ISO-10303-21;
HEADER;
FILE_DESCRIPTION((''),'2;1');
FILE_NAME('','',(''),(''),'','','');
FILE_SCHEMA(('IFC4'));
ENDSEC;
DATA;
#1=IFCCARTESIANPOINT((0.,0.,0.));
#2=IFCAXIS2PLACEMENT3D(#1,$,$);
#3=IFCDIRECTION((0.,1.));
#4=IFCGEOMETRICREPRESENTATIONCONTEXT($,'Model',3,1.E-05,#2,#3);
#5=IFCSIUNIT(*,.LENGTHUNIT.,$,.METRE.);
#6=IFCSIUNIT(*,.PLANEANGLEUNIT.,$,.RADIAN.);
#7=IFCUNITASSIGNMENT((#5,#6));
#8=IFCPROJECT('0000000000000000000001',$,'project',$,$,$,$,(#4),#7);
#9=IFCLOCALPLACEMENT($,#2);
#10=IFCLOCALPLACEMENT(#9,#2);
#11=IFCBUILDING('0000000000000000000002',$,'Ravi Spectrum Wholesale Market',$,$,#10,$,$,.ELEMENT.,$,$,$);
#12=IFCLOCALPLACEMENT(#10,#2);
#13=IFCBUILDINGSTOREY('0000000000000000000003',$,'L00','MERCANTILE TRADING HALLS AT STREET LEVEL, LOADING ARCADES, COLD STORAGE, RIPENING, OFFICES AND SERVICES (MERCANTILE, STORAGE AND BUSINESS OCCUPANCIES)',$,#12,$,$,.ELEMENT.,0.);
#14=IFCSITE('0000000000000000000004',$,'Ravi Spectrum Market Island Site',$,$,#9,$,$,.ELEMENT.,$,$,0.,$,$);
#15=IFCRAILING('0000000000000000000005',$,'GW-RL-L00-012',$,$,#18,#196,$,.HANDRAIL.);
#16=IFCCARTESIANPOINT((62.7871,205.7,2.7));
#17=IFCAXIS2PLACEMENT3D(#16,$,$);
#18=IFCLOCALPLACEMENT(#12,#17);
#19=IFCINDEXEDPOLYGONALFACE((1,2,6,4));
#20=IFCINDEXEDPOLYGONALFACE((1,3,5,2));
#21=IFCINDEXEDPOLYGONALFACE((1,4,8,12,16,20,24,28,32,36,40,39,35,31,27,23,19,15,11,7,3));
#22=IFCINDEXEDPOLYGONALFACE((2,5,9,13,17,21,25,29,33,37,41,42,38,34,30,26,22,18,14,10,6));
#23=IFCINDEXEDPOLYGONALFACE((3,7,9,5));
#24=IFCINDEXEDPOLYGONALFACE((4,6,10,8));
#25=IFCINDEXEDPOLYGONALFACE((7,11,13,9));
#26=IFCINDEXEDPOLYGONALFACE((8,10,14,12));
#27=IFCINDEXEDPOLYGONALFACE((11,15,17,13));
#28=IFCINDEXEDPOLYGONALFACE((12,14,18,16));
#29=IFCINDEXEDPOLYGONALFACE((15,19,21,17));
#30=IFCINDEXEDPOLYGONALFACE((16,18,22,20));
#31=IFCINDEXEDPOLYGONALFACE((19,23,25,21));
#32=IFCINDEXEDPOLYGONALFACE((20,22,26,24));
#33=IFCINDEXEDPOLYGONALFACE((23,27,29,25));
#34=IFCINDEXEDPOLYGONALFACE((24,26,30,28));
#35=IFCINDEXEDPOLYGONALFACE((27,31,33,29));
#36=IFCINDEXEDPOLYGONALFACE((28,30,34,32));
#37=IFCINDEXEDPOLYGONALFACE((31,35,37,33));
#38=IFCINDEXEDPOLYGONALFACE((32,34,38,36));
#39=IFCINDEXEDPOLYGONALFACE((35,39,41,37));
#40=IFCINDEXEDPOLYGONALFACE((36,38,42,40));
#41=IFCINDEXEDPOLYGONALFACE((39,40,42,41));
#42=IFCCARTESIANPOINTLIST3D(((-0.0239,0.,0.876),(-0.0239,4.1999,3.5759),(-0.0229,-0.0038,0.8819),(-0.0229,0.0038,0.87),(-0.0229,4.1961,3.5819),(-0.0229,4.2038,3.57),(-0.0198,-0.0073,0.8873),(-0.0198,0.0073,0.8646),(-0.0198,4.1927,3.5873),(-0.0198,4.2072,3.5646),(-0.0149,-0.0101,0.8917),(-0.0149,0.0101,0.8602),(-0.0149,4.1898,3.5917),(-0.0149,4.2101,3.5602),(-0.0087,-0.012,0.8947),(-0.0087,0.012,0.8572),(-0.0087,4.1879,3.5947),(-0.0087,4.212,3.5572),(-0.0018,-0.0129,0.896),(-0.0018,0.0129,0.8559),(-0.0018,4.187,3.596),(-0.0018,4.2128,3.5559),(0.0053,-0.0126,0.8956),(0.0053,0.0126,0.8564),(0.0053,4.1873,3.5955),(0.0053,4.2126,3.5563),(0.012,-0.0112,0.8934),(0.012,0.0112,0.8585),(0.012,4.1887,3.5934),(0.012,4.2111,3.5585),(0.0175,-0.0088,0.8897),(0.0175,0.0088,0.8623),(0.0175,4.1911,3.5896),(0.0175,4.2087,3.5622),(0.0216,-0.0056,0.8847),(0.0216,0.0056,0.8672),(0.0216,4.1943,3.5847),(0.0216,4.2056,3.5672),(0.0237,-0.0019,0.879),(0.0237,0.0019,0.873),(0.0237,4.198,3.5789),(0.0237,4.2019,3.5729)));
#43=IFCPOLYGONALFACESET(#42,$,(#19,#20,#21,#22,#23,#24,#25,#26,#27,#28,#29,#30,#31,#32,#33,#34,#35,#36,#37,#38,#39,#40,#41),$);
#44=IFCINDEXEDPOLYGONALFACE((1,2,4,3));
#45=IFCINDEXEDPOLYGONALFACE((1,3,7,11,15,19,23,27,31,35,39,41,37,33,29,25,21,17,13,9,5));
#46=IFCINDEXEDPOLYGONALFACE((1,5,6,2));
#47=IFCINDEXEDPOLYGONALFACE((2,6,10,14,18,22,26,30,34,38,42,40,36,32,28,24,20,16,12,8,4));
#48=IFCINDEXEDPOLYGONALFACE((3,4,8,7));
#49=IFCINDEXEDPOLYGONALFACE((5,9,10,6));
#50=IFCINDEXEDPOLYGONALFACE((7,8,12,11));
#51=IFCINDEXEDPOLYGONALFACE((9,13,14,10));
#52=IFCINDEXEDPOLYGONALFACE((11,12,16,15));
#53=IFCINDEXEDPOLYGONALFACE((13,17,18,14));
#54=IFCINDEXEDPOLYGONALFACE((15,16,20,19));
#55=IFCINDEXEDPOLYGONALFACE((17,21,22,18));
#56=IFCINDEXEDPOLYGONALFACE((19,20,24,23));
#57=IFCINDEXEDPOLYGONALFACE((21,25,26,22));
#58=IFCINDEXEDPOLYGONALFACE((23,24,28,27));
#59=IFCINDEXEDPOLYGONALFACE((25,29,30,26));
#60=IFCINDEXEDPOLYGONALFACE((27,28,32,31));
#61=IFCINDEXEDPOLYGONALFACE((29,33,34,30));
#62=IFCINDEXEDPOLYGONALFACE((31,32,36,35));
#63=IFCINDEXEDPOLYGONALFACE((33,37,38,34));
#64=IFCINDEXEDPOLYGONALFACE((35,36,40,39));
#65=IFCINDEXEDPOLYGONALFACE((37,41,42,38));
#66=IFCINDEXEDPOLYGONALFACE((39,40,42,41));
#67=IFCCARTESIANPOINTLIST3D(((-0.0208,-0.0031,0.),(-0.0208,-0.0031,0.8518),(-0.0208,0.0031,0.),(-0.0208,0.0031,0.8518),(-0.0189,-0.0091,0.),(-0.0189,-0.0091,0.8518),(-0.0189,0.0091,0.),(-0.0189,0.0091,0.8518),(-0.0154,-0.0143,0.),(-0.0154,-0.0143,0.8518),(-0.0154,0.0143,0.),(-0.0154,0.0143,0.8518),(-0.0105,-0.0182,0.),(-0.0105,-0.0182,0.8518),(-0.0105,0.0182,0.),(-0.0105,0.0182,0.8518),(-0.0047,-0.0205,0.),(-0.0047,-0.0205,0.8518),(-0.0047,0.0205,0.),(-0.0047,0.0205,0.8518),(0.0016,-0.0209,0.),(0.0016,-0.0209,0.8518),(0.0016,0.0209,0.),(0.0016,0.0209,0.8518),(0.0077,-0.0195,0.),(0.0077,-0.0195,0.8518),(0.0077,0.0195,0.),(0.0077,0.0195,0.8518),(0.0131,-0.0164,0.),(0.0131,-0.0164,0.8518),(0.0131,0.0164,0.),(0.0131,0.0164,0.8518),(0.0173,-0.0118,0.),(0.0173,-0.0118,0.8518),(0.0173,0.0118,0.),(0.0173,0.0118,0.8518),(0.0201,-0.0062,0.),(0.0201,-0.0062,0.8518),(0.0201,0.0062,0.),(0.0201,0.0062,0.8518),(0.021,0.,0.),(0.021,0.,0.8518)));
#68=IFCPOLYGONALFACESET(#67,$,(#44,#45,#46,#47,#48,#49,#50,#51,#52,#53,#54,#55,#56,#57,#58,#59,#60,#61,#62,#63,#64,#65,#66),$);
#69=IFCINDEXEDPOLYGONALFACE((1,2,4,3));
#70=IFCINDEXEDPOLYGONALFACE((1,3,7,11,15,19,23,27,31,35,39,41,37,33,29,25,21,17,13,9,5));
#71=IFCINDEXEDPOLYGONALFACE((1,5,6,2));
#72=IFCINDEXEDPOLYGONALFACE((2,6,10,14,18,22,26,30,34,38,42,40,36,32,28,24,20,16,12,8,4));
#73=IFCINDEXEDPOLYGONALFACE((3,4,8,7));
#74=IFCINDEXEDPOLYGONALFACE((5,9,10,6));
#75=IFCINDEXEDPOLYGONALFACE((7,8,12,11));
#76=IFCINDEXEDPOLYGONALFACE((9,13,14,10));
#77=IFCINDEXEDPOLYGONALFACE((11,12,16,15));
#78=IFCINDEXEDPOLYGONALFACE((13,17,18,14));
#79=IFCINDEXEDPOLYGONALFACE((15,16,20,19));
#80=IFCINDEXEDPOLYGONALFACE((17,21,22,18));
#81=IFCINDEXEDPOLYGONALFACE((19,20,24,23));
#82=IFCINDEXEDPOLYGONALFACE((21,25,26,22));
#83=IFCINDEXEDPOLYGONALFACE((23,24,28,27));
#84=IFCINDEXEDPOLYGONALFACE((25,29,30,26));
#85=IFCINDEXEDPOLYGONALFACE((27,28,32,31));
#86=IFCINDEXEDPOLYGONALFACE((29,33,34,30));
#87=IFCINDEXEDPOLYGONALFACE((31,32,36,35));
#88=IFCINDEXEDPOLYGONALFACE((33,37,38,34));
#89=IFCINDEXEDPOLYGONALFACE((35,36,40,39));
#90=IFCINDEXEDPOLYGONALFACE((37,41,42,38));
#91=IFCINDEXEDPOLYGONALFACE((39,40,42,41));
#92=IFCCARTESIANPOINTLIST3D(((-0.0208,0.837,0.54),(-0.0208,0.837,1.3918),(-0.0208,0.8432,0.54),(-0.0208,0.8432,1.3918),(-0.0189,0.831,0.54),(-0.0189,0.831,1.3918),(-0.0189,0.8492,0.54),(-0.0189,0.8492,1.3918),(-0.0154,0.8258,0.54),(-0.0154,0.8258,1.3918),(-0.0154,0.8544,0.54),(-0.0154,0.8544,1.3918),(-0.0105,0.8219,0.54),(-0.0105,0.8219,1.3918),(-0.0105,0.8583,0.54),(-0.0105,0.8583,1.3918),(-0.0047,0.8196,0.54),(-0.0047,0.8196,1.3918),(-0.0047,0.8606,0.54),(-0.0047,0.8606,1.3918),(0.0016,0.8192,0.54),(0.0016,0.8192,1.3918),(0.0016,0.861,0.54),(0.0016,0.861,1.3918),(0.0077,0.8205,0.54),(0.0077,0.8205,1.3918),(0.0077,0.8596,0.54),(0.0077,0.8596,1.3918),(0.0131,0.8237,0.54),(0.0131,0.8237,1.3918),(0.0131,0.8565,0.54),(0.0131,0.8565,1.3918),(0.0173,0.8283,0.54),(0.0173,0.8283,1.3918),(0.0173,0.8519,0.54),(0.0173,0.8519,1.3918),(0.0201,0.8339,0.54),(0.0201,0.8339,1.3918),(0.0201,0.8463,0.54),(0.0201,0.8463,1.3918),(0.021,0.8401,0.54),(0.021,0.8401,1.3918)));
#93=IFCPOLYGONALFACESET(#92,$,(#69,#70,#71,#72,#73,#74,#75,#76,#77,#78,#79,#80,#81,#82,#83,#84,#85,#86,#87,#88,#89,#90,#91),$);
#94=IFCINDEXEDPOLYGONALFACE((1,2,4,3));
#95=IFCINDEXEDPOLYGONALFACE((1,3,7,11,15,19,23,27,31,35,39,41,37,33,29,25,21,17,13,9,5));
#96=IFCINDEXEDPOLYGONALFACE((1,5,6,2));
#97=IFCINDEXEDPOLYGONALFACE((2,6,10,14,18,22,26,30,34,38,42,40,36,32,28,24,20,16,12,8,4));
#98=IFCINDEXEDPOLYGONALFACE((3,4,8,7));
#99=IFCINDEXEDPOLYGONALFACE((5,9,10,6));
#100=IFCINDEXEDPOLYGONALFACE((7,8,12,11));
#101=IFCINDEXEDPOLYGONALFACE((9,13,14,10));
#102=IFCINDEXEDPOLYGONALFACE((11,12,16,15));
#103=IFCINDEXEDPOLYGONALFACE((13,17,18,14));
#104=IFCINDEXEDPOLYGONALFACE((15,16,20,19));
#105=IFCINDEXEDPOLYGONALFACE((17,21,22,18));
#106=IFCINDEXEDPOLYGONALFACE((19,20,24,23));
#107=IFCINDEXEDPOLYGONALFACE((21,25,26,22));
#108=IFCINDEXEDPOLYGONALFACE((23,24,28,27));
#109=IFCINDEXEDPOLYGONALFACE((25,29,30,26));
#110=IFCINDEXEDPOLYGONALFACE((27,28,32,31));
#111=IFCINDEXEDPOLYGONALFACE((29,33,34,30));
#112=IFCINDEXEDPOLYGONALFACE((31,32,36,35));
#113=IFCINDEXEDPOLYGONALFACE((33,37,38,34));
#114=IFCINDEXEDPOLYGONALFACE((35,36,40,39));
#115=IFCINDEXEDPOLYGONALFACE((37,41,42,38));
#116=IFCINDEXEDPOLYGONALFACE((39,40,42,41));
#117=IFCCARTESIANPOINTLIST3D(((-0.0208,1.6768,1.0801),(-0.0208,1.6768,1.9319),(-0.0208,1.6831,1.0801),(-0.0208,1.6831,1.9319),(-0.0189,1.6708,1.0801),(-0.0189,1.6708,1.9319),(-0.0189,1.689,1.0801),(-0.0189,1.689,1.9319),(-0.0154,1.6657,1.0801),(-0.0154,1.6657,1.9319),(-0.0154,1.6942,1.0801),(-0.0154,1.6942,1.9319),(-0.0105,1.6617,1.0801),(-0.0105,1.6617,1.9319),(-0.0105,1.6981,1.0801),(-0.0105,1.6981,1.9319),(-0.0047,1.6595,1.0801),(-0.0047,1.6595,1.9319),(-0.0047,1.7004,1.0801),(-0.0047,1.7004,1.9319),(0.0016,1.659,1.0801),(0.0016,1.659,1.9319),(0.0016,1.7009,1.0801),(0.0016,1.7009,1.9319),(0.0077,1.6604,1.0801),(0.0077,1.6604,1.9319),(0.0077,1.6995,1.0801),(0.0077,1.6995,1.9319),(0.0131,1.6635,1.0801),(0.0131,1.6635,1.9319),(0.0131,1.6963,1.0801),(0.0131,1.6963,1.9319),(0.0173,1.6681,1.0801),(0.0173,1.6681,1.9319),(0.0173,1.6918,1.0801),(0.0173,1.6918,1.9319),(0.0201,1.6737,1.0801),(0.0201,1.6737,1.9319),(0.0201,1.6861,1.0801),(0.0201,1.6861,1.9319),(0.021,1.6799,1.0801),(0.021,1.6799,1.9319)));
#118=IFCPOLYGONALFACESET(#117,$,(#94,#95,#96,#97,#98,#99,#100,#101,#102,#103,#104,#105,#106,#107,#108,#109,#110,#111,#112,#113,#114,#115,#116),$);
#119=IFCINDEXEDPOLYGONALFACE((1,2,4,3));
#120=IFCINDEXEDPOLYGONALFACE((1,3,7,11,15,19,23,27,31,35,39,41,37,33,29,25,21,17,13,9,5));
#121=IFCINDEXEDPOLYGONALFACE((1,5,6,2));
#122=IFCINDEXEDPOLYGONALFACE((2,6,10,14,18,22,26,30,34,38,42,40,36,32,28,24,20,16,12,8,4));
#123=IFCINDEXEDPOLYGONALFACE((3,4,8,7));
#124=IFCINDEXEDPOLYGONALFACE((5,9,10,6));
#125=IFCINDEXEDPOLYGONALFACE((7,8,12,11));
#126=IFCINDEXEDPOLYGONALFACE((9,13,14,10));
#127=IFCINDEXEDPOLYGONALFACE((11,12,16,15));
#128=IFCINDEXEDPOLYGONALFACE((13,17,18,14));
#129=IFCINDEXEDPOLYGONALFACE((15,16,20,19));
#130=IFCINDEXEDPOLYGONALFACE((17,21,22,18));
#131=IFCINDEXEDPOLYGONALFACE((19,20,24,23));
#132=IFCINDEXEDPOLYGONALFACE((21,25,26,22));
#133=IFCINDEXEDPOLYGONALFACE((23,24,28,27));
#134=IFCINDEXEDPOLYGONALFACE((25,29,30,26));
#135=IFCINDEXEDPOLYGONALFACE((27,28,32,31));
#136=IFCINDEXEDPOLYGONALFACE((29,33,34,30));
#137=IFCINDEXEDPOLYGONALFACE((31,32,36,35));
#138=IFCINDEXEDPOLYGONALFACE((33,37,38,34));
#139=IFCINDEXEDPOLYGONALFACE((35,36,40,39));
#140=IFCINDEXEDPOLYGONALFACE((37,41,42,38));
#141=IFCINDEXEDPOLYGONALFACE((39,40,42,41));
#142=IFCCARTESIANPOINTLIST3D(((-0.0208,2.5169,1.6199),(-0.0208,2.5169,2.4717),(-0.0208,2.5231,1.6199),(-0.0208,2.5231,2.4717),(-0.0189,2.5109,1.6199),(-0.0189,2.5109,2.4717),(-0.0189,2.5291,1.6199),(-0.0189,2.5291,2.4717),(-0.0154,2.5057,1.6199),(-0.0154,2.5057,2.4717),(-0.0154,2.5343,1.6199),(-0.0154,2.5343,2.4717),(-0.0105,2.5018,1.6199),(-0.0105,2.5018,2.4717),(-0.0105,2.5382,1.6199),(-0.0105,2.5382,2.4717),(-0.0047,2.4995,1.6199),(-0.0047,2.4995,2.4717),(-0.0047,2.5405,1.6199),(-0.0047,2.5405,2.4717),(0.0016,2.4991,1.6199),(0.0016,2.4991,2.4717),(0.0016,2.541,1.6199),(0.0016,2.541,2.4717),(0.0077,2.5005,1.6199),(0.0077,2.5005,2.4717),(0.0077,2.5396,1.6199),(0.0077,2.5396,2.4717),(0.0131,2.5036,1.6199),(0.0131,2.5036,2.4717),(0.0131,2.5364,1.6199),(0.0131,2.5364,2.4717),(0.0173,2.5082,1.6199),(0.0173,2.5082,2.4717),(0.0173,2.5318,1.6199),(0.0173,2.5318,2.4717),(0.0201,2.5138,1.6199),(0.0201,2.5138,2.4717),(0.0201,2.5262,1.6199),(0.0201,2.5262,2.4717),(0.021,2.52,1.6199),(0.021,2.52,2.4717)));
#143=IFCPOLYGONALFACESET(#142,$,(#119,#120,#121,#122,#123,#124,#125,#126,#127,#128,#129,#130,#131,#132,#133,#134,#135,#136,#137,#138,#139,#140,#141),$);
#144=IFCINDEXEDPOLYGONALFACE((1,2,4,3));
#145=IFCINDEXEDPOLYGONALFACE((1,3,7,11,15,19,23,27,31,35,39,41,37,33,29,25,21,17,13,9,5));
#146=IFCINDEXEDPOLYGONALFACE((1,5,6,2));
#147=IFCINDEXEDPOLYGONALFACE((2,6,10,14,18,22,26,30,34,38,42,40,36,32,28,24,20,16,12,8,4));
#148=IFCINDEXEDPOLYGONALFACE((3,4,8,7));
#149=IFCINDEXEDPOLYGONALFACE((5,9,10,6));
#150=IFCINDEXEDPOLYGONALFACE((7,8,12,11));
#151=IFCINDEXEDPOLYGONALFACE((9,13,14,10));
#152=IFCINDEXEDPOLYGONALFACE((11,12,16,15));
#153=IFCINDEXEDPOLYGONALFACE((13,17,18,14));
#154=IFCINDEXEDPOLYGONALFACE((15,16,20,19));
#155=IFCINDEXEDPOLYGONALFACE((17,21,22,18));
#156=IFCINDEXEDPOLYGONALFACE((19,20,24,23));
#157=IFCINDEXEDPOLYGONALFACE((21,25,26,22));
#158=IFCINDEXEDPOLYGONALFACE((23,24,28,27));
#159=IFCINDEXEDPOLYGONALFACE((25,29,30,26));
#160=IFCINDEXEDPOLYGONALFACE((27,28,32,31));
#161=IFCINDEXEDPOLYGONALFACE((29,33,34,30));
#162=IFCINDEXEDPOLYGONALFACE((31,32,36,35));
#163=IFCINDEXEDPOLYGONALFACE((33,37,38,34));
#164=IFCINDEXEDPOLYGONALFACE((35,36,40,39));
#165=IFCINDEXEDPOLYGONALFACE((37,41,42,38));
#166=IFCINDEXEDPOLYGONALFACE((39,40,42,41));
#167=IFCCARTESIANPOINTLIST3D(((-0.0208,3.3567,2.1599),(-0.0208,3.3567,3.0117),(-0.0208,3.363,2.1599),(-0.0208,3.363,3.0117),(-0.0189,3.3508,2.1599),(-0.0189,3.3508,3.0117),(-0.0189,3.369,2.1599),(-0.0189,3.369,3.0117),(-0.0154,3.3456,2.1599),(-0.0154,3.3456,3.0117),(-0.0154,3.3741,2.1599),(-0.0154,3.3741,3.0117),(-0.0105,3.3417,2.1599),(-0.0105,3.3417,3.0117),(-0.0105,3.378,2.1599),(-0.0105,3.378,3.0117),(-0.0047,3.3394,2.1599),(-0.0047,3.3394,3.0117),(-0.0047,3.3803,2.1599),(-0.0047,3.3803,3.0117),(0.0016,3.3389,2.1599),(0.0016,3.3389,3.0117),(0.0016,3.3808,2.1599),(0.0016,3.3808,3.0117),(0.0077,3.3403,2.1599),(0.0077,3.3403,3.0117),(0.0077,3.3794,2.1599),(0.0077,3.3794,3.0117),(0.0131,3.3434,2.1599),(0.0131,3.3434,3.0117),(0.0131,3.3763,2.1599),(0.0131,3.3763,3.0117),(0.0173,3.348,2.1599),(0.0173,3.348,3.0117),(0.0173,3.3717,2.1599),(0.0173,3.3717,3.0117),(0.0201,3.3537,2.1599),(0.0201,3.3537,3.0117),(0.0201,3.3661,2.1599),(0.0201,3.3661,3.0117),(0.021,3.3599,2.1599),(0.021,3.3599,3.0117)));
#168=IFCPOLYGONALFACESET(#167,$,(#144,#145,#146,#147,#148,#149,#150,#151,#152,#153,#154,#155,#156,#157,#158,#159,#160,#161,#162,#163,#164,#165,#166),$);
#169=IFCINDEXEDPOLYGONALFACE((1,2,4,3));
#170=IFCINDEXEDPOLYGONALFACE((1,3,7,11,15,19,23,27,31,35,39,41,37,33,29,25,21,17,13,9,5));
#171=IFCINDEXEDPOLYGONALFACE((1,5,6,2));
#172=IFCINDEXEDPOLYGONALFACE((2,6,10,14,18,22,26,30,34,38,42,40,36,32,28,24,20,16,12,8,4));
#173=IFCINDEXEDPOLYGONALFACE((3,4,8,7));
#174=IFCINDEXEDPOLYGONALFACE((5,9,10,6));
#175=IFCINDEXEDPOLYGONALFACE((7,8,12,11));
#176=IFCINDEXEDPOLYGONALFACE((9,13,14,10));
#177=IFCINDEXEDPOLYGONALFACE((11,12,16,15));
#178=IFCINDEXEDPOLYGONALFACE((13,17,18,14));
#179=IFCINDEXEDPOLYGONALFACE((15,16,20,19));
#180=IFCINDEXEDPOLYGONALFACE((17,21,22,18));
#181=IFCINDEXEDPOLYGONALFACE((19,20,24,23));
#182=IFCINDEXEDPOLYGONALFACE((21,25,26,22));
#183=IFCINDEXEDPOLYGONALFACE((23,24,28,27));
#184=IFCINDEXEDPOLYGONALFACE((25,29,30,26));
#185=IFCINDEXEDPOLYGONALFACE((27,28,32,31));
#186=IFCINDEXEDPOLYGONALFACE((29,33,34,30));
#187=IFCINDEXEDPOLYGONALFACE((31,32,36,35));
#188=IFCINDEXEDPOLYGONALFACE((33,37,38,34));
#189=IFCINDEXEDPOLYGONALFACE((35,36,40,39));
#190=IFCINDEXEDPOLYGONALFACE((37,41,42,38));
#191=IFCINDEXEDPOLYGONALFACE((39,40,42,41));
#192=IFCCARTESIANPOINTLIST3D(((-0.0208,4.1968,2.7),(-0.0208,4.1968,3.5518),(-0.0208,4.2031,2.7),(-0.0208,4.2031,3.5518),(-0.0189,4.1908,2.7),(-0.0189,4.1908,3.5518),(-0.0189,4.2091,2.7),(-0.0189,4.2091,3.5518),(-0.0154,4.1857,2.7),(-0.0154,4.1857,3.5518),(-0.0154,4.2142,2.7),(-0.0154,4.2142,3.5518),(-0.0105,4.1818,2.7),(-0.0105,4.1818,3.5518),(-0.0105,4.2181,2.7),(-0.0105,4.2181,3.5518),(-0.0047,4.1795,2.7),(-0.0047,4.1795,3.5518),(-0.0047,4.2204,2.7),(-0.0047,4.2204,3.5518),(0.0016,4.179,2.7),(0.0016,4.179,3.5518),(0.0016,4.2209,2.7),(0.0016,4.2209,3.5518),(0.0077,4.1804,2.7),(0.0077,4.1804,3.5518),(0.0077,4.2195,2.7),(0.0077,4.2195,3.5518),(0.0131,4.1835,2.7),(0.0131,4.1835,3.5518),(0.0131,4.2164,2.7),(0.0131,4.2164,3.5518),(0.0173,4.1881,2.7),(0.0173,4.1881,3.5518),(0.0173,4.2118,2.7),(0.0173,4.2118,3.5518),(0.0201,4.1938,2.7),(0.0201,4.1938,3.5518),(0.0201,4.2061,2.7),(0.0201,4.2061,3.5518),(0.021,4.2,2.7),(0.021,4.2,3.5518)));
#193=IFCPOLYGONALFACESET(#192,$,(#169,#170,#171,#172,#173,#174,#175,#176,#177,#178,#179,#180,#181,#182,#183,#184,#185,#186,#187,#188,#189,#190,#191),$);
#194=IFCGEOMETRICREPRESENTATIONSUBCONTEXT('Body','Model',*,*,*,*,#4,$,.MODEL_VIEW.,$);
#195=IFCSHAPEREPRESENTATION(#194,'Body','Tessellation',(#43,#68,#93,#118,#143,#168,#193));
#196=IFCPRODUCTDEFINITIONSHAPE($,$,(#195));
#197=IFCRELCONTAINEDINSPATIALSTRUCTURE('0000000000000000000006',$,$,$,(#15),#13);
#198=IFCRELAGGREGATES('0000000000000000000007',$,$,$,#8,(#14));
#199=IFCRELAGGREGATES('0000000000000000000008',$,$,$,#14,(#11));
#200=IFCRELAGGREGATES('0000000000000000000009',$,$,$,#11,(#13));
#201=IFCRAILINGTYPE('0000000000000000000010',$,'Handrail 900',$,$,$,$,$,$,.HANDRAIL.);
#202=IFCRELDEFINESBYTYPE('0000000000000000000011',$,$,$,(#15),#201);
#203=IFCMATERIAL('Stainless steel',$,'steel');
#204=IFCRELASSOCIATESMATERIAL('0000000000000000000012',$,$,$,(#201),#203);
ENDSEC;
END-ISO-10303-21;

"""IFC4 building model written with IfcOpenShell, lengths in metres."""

from ifc_helpers import new_model, si_unit, direction, frame, origin, origin_2d, place, context, subcontext, project, spatial, circle, extrude, material, type_object, element, save


model = new_model("IFC4")

# Units and contexts
model_context = context("Model", 3, precision=1e-05, world=origin(), true_north=direction((0.0, 1.0)))
body_context = subcontext(model_context, "Body", "Model", "MODEL_VIEW")
ifc_project = project(units=[si_unit("LENGTHUNIT", "METRE"), si_unit("PLANEANGLEUNIT", "RADIAN")], contexts=[model_context])

# Site, building, storey
site_placement = place(None, origin())
site = spatial("IfcSite", under=ifc_project, at=site_placement, Name="Ravi Spectrum Market Island Site", CompositionType="ELEMENT", RefElevation=0.0)
building_placement = place(site_placement, origin())
building = spatial("IfcBuilding", under=site, at=building_placement, Name="Ravi Spectrum Wholesale Market", CompositionType="ELEMENT")
storey_placement = place(building_placement, origin())
storey = spatial("IfcBuildingStorey", under=building, at=storey_placement, Name="L00", Description="MERCANTILE TRADING HALLS AT STREET LEVEL, LOADING ARCADES, COLD STORAGE, RIPENING, OFFICES AND SERVICES (MERCANTILE, STORAGE AND BUSINESS OCCUPANCIES)", CompositionType="ELEMENT", Elevation=0.0)

# Railing
ifc_material_1 = material(Name="Stainless steel", Category="steel")
railing_type = type_object("IfcRailingType", Name="Handrail 900", PredefinedType="HANDRAIL", material=ifc_material_1)
for number, where, name in (
    (1, (62.7871, 205.7, 2.7), "GW-RL-L00-012"),
):
    element("IfcRailing", number, at=place(storey_placement, frame(where)), inside=storey, type_object=railing_type, Name=name, PredefinedType="HANDRAIL", context=body_context, shape_type="SweptSolid", body=[
        extrude(circle(Radius=0.0239, at=origin_2d()), frame((0.0, 0.0, 0.876), z_axis=(0.0, 0.84118, 0.540755), x_axis=(-1.0, 0.0, 0.0)), (0.0, 0.0, 1.0), 4.9929),
        extrude(circle(Radius=0.021, at=origin_2d()), origin(), (0.0, 0.0, 1.0), 0.8518),
        extrude(circle(Radius=0.021, at=origin_2d()), frame((0.0, 0.8401, 0.54)), (0.0, 0.0, 1.0), 0.8518),
        extrude(circle(Radius=0.021, at=origin_2d()), frame((0.0, 1.6799, 1.0801)), (0.0, 0.0, 1.0), 0.8518),
        extrude(circle(Radius=0.021, at=origin_2d()), frame((0.0, 2.52, 1.6199)), (0.0, 0.0, 1.0), 0.8518),
        extrude(circle(Radius=0.021, at=origin_2d()), frame((0.0, 3.3599, 2.1599)), (0.0, 0.0, 1.0), 0.8518),
        extrude(circle(Radius=0.021, at=origin_2d()), frame((0.0, 4.2, 2.7)), (0.0, 0.0, 1.0), 0.8518),
    ])

save(model, "model.ifc")
